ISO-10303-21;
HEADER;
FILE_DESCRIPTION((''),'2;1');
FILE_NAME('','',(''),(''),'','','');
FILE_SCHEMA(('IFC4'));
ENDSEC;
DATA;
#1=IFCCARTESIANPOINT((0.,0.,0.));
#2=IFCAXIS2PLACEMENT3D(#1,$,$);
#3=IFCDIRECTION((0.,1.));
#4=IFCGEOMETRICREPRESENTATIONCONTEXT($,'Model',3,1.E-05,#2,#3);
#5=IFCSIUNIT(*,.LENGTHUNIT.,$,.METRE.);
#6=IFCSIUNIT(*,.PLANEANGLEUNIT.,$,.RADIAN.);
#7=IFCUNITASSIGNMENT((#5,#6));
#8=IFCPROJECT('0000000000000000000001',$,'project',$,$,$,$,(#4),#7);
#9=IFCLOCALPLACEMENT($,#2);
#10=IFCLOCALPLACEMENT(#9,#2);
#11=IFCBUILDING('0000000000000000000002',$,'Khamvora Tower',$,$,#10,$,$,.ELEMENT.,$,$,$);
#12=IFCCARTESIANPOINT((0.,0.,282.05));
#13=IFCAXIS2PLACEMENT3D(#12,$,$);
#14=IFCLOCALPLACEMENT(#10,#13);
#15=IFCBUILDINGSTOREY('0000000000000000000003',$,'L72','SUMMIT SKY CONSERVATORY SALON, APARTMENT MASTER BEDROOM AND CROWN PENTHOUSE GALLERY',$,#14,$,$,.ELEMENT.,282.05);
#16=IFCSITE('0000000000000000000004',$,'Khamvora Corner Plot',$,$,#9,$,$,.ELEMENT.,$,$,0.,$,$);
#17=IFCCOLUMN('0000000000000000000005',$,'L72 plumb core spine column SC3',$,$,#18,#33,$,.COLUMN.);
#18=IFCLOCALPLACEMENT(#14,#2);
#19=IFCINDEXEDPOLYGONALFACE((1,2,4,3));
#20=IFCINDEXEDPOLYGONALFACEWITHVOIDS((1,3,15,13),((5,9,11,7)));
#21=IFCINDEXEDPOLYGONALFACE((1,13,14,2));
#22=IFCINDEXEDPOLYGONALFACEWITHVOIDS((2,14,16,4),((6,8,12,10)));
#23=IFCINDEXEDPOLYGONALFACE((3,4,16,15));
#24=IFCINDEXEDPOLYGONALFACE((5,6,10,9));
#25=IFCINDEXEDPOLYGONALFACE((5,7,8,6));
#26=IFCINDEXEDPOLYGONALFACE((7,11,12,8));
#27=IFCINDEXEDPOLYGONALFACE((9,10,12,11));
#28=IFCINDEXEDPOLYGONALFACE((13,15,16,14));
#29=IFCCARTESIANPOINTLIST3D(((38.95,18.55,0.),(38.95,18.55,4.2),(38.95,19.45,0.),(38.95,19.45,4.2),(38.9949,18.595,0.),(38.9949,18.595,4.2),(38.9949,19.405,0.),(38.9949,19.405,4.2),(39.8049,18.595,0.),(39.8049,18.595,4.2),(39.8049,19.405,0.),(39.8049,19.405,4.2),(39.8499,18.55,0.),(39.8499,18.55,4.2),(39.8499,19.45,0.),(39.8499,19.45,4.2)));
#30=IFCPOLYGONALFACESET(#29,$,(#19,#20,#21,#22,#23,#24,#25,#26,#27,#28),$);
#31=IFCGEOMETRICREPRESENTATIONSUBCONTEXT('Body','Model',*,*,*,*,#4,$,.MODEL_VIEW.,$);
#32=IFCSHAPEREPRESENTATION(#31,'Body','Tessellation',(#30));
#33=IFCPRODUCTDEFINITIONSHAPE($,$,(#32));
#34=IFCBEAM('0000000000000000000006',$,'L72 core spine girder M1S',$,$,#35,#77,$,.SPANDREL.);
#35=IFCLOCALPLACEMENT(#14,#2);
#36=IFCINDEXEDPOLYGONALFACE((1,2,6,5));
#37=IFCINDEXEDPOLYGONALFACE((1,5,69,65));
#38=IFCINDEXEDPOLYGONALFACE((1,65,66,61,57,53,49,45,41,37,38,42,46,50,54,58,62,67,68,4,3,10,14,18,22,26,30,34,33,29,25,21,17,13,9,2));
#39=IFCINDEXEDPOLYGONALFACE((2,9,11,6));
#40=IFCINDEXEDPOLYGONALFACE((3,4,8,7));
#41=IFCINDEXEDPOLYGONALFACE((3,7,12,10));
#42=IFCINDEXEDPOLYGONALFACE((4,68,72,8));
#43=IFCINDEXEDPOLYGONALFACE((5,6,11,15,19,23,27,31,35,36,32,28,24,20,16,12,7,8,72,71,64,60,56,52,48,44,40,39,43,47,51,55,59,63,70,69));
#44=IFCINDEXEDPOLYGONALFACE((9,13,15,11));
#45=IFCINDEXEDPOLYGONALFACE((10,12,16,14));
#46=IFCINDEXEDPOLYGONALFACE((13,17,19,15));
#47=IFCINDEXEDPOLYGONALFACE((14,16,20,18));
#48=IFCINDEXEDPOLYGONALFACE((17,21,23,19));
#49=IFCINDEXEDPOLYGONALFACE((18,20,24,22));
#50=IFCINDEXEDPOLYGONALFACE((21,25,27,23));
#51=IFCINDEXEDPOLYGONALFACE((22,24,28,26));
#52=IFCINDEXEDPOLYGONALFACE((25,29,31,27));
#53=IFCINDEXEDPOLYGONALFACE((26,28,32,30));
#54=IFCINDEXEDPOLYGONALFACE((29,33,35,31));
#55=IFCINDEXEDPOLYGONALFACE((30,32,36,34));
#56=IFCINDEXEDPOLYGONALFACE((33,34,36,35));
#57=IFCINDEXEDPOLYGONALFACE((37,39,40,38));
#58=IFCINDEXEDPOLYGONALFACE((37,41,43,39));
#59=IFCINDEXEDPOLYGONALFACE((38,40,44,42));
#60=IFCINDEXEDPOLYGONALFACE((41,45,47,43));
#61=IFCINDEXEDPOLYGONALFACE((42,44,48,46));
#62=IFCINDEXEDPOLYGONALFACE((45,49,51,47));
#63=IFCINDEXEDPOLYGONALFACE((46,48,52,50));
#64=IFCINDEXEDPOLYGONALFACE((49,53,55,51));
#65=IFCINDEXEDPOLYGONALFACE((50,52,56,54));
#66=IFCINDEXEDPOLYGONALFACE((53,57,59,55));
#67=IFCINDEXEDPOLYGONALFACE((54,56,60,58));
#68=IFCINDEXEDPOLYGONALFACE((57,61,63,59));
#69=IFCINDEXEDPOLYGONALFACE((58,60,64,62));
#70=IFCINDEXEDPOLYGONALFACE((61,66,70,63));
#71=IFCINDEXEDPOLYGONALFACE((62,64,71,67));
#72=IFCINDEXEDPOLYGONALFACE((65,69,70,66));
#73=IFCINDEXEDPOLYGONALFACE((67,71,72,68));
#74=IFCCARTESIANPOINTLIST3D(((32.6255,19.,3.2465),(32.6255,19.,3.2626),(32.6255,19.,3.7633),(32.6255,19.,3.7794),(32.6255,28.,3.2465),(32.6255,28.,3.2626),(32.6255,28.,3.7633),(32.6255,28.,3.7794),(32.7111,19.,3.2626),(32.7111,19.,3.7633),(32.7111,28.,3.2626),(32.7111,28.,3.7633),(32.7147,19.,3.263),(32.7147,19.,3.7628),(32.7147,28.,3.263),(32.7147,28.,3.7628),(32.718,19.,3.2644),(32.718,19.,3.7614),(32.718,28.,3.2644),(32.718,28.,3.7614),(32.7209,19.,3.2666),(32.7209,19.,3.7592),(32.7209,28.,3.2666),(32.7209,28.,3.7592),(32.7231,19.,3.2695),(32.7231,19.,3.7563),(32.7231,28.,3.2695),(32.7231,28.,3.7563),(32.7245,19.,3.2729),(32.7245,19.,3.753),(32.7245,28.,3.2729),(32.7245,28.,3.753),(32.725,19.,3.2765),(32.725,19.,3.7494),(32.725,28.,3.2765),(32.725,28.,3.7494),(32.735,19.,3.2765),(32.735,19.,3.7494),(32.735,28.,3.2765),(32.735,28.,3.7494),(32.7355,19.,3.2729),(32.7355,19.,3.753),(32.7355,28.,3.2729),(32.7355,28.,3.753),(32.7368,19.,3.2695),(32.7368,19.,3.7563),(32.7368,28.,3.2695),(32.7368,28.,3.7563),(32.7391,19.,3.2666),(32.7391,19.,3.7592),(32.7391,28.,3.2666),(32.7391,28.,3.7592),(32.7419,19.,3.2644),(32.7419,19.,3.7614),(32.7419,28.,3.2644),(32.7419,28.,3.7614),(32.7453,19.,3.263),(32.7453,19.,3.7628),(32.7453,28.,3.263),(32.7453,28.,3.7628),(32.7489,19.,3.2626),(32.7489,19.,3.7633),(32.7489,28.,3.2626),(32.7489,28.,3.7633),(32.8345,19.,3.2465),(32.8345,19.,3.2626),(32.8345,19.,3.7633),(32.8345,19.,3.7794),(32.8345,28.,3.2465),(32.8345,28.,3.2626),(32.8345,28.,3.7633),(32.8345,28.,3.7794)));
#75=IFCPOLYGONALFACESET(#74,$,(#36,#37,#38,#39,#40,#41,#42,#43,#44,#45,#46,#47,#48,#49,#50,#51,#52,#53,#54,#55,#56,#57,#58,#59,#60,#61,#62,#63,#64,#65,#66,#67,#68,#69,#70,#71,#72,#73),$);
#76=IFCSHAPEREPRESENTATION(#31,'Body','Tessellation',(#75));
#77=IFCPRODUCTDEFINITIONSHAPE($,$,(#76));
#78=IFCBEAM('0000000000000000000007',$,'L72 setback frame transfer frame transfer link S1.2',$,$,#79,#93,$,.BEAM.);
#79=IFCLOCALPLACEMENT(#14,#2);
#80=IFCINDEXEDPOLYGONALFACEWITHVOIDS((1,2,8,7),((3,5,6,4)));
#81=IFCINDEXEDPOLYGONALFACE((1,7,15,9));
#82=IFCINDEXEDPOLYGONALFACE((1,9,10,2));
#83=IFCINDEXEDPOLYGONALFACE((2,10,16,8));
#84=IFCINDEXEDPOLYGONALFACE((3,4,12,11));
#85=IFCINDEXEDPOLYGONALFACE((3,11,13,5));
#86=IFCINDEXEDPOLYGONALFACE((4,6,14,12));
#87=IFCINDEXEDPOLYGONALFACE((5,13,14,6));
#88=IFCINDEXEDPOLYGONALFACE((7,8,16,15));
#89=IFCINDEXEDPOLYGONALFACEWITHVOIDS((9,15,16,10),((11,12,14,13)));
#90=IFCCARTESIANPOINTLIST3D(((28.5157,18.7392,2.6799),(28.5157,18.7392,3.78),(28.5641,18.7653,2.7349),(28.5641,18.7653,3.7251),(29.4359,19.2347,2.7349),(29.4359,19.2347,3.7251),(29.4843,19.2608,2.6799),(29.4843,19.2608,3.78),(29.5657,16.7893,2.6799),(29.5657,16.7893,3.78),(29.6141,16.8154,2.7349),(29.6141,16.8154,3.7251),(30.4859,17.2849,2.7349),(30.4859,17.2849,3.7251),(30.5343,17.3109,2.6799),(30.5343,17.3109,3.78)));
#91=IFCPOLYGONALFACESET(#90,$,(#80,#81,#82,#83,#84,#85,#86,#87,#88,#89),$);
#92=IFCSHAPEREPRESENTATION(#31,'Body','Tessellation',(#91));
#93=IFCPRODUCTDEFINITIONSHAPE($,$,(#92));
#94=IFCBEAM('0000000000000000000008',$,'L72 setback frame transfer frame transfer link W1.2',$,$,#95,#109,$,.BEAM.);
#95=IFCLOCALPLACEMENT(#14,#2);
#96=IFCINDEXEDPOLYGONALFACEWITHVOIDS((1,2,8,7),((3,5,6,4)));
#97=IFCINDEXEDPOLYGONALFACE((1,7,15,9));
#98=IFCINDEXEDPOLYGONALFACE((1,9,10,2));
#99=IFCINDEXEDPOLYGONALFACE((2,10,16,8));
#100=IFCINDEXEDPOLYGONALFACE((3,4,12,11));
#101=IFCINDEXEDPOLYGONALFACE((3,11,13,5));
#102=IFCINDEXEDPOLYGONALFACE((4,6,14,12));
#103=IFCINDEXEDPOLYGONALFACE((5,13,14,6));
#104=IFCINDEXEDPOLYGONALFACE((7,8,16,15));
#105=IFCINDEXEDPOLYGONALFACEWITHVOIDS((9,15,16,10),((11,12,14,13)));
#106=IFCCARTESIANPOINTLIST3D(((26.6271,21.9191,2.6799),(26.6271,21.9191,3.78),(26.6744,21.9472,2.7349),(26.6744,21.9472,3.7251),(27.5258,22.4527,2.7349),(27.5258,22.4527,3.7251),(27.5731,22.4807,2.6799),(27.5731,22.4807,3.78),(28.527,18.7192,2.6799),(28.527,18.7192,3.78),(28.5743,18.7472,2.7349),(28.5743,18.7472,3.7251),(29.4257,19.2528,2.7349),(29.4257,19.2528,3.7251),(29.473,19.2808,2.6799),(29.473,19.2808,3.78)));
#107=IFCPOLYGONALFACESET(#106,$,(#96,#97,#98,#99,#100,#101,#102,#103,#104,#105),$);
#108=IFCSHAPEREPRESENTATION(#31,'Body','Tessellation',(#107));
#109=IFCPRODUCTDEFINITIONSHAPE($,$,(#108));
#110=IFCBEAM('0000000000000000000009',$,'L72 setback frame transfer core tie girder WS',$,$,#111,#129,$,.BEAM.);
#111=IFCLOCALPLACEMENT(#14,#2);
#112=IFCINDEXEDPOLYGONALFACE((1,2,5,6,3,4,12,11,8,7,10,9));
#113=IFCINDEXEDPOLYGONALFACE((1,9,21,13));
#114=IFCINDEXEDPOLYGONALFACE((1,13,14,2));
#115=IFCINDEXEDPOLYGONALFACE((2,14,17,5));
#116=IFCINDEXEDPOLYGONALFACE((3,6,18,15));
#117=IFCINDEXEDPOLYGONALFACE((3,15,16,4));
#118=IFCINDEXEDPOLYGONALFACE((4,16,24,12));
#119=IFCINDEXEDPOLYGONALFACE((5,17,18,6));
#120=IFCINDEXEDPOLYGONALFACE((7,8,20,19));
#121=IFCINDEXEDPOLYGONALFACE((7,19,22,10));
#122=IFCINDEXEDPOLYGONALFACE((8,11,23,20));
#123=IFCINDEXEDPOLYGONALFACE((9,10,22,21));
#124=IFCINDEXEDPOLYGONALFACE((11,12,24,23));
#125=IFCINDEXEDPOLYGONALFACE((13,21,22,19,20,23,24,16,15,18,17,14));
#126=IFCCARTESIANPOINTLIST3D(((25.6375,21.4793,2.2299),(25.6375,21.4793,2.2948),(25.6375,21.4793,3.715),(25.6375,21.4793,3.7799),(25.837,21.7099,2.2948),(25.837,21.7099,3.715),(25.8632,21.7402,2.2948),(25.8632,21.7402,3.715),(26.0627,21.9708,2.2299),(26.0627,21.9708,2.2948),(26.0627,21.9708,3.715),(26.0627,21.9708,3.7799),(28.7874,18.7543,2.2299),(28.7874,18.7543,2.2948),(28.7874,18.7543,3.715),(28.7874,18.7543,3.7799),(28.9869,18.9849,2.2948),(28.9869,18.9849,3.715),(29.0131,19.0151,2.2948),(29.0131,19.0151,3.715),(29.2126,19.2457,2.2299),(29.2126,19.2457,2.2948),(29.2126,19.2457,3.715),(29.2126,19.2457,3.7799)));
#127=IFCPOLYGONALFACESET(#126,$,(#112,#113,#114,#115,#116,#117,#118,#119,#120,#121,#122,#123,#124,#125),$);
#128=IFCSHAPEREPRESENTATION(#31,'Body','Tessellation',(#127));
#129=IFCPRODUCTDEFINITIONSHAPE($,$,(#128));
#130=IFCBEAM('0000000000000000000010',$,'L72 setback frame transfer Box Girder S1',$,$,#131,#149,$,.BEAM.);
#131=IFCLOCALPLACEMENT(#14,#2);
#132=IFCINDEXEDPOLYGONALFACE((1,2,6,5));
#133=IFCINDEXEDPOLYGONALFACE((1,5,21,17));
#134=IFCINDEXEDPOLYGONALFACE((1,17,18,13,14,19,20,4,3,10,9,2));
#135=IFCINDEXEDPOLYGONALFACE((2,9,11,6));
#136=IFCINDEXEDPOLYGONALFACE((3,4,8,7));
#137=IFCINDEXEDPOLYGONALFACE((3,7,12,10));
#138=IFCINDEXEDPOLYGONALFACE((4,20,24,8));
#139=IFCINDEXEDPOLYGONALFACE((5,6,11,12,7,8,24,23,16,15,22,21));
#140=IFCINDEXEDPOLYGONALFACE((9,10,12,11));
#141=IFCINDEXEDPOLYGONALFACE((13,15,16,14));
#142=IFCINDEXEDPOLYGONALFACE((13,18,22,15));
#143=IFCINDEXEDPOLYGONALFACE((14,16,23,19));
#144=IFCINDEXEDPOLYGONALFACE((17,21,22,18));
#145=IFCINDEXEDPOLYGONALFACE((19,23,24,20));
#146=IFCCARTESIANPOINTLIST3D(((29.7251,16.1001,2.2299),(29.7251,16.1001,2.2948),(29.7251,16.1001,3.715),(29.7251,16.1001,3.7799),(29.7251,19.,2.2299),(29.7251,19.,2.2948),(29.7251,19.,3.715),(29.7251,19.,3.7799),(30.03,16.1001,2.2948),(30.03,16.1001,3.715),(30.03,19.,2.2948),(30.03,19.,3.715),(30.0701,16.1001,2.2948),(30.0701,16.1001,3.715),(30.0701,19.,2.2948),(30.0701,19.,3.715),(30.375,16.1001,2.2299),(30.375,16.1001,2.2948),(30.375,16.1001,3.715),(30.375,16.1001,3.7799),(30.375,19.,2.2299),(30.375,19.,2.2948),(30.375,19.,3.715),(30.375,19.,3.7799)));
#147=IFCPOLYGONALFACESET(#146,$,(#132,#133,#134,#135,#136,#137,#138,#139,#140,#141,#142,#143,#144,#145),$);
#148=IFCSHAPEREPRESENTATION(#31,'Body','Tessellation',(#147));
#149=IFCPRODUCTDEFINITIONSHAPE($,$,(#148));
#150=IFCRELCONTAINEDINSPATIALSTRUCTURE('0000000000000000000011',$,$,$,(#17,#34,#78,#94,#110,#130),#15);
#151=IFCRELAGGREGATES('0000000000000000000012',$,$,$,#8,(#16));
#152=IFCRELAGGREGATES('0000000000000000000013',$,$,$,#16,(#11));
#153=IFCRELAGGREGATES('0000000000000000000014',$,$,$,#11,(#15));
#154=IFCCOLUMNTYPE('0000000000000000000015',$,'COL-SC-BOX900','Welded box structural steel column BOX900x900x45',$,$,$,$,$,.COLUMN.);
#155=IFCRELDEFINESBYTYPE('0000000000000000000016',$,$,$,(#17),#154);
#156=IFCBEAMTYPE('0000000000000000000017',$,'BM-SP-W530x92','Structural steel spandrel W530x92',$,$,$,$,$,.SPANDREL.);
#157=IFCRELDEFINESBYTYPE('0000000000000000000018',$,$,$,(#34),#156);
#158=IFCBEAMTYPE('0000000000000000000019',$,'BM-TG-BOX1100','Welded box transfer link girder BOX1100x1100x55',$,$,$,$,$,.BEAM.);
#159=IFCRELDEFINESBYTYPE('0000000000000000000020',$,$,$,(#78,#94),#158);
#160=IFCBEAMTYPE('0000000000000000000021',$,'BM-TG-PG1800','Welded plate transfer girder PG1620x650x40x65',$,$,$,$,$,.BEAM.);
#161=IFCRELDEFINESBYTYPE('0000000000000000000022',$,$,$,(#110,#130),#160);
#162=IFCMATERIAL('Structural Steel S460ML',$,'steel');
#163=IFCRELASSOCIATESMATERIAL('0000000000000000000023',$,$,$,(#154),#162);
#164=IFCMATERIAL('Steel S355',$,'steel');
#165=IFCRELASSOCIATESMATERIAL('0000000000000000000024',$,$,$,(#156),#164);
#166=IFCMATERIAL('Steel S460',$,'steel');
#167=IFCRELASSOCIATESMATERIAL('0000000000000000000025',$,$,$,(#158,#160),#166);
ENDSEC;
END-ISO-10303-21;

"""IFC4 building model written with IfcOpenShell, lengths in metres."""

from ifc_helpers import new_model, si_unit, direction, frame, origin, origin_2d, place, context, subcontext, project, spatial, hollow_rectangle, i_section, extrude, material, material_profile, profile_set, type_object, element, save


model = new_model("IFC4")

# Units and contexts
model_context = context("Model", 3, precision=1e-05, world=origin(), true_north=direction((0.0, 1.0)))
body_context = subcontext(model_context, "Body", "Model", "MODEL_VIEW")
ifc_project = project(units=[si_unit("LENGTHUNIT", "METRE"), si_unit("PLANEANGLEUNIT", "RADIAN")], contexts=[model_context])

# Site, building, storey
site_placement = place(None, origin())
site = spatial("IfcSite", under=ifc_project, at=site_placement, Name="Khamvora Corner Plot", CompositionType="ELEMENT", RefElevation=0.0)
building_placement = place(site_placement, origin())
building = spatial("IfcBuilding", under=site, at=building_placement, Name="Khamvora Tower", CompositionType="ELEMENT")
storey_placement = place(building_placement, frame((0.0, 0.0, 282.05)))
storey = spatial("IfcBuildingStorey", under=building, at=storey_placement, Name="L72", Description="SUMMIT SKY CONSERVATORY SALON, APARTMENT MASTER BEDROOM AND CROWN PENTHOUSE GALLERY", CompositionType="ELEMENT", Elevation=282.05)

# Column
ifc_material_1 = material(Name="Structural Steel S460ML", Category="steel")
ifc_material_profile_1 = material_profile(ifc_material_1, hollow_rectangle(XDim=0.8999, YDim=0.8999, WallThickness=0.0449, at=origin_2d()), Name="BOX900x900x45")
ifc_profile_set_1 = profile_set([ifc_material_profile_1], Name="Structural Steel S460ML")
column_type = type_object("IfcColumnType", Name="COL-SC-BOX900", Description="Welded box structural steel column BOX900x900x45", PredefinedType="COLUMN", material=ifc_profile_set_1)
column_placement = place(storey_placement, frame((39.3999, 19.0, 0.0), z_axis=(0.0, 0.0, 1.0), x_axis=(1.0, 0.0, 0.0)))
element("IfcColumn", 1, at=column_placement, inside=storey, type_object=column_type, Name="L72 plumb core spine column SC3", PredefinedType="COLUMN", context=body_context, shape_type="SweptSolid", body=[
    extrude(hollow_rectangle(XDim=0.8999, YDim=0.8999, WallThickness=0.0449, at=origin_2d()), origin(), (0.0, 0.0, 1.0), 4.2),
])

# Beams
ifc_material_2 = material(Name="Steel S355", Category="steel")
ifc_material_profile_2 = material_profile(ifc_material_2, i_section(OverallWidth=0.209, OverallDepth=0.533, WebThickness=0.01, FlangeThickness=0.0161, FilletRadius=0.0139, at=origin_2d()), Name="W530x92")
ifc_profile_set_2 = profile_set([ifc_material_profile_2], Name="Steel S355")
beam_type_1 = type_object("IfcBeamType", Name="BM-SP-W530x92", Description="Structural steel spandrel W530x92", PredefinedType="SPANDREL", material=ifc_profile_set_2)
beam_1_placement = place(storey_placement, frame((32.73, 19.0, 3.5129), z_axis=(0.0, 1.0, 0.0), x_axis=(-1.0, 0.0, 0.0)))
element("IfcBeam", 2, at=beam_1_placement, inside=storey, type_object=beam_type_1, Name="L72 core spine girder M1S", PredefinedType="SPANDREL", context=body_context, shape_type="SweptSolid", body=[
    extrude(i_section(OverallWidth=0.209, OverallDepth=0.533, WebThickness=0.01, FlangeThickness=0.0161, FilletRadius=0.0139, at=origin_2d()), origin(), (0.0, 0.0, 1.0), 9.0),
])
ifc_material_3 = material(Name="Steel S460", Category="steel")
ifc_material_profile_3 = material_profile(ifc_material_3, hollow_rectangle(XDim=1.1001, YDim=1.1001, WallThickness=0.0549, at=origin_2d()), Name="BOX1100x1100x55")
ifc_profile_set_3 = profile_set([ifc_material_profile_3], Name="Steel S460")
beam_type_2 = type_object("IfcBeamType", Name="BM-TG-BOX1100", Description="Welded box transfer link girder BOX1100x1100x55", PredefinedType="BEAM", material=ifc_profile_set_3)
beam_2_placement = place(storey_placement, frame((29.0, 19.0, 3.23), z_axis=(0.474126, -0.880457, 0.0), x_axis=(0.880457, 0.474126, 0.0)))
element("IfcBeam", 3, at=beam_2_placement, inside=storey, type_object=beam_type_2, Name="L72 setback frame transfer frame transfer link S1.2", PredefinedType="BEAM", context=body_context, shape_type="SweptSolid", body=[
    extrude(hollow_rectangle(XDim=1.1001, YDim=1.1001, WallThickness=0.0549, at=origin_2d()), origin(), (0.0, 0.0, 1.0), 2.2146),
])
beam_3_placement = place(storey_placement, frame((29.0, 19.0, 3.23), z_axis=(-0.510525, 0.859863, 0.0), x_axis=(-0.859863, -0.510525, 0.0)))
element("IfcBeam", 4, at=beam_3_placement, inside=storey, type_object=beam_type_2, Name="L72 setback frame transfer frame transfer link W1.2", PredefinedType="BEAM", context=body_context, shape_type="SweptSolid", body=[
    extrude(hollow_rectangle(XDim=1.1001, YDim=1.1001, WallThickness=0.0549, at=origin_2d()), origin(), (0.0, 0.0, 1.0), 3.7214),
])
ifc_material_profile_4 = material_profile(ifc_material_3, i_section(OverallWidth=0.6499, OverallDepth=1.55, WebThickness=0.04, FlangeThickness=0.0649, at=origin_2d()), Name="PG1550x650x40x65")
ifc_profile_set_4 = profile_set([ifc_material_profile_4], Name="Steel S460")
beam_type_3 = type_object("IfcBeamType", Name="BM-TG-PG1800", Description="Welded plate transfer girder PG1620x650x40x65", PredefinedType="BEAM", material=ifc_profile_set_4)
beam_4_placement = place(storey_placement, frame((29.0, 19.0, 3.0049), z_axis=(-0.756261, 0.65427, 0.0), x_axis=(-0.65427, -0.756261, 0.0)))
element("IfcBeam", 5, at=beam_4_placement, inside=storey, type_object=beam_type_3, Name="L72 setback frame transfer core tie girder WS", PredefinedType="BEAM", context=body_context, shape_type="SweptSolid", body=[
    extrude(i_section(OverallWidth=0.6499, OverallDepth=1.55, WebThickness=0.04, FlangeThickness=0.0649, at=origin_2d()), origin(), (0.0, 0.0, 1.0), 4.165),
])
beam_5_placement = place(storey_placement, frame((30.05, 16.1001, 3.0049), z_axis=(0.0, 1.0, 0.0), x_axis=(-1.0, 0.0, 0.0)))
element("IfcBeam", 6, at=beam_5_placement, inside=storey, type_object=beam_type_3, Name="L72 setback frame transfer Box Girder S1", PredefinedType="BEAM", context=body_context, shape_type="SweptSolid", body=[
    extrude(i_section(OverallWidth=0.6499, OverallDepth=1.55, WebThickness=0.04, FlangeThickness=0.0649, at=origin_2d()), origin(), (0.0, 0.0, 1.0), 2.8999),
])

save(model, "model.ifc")
